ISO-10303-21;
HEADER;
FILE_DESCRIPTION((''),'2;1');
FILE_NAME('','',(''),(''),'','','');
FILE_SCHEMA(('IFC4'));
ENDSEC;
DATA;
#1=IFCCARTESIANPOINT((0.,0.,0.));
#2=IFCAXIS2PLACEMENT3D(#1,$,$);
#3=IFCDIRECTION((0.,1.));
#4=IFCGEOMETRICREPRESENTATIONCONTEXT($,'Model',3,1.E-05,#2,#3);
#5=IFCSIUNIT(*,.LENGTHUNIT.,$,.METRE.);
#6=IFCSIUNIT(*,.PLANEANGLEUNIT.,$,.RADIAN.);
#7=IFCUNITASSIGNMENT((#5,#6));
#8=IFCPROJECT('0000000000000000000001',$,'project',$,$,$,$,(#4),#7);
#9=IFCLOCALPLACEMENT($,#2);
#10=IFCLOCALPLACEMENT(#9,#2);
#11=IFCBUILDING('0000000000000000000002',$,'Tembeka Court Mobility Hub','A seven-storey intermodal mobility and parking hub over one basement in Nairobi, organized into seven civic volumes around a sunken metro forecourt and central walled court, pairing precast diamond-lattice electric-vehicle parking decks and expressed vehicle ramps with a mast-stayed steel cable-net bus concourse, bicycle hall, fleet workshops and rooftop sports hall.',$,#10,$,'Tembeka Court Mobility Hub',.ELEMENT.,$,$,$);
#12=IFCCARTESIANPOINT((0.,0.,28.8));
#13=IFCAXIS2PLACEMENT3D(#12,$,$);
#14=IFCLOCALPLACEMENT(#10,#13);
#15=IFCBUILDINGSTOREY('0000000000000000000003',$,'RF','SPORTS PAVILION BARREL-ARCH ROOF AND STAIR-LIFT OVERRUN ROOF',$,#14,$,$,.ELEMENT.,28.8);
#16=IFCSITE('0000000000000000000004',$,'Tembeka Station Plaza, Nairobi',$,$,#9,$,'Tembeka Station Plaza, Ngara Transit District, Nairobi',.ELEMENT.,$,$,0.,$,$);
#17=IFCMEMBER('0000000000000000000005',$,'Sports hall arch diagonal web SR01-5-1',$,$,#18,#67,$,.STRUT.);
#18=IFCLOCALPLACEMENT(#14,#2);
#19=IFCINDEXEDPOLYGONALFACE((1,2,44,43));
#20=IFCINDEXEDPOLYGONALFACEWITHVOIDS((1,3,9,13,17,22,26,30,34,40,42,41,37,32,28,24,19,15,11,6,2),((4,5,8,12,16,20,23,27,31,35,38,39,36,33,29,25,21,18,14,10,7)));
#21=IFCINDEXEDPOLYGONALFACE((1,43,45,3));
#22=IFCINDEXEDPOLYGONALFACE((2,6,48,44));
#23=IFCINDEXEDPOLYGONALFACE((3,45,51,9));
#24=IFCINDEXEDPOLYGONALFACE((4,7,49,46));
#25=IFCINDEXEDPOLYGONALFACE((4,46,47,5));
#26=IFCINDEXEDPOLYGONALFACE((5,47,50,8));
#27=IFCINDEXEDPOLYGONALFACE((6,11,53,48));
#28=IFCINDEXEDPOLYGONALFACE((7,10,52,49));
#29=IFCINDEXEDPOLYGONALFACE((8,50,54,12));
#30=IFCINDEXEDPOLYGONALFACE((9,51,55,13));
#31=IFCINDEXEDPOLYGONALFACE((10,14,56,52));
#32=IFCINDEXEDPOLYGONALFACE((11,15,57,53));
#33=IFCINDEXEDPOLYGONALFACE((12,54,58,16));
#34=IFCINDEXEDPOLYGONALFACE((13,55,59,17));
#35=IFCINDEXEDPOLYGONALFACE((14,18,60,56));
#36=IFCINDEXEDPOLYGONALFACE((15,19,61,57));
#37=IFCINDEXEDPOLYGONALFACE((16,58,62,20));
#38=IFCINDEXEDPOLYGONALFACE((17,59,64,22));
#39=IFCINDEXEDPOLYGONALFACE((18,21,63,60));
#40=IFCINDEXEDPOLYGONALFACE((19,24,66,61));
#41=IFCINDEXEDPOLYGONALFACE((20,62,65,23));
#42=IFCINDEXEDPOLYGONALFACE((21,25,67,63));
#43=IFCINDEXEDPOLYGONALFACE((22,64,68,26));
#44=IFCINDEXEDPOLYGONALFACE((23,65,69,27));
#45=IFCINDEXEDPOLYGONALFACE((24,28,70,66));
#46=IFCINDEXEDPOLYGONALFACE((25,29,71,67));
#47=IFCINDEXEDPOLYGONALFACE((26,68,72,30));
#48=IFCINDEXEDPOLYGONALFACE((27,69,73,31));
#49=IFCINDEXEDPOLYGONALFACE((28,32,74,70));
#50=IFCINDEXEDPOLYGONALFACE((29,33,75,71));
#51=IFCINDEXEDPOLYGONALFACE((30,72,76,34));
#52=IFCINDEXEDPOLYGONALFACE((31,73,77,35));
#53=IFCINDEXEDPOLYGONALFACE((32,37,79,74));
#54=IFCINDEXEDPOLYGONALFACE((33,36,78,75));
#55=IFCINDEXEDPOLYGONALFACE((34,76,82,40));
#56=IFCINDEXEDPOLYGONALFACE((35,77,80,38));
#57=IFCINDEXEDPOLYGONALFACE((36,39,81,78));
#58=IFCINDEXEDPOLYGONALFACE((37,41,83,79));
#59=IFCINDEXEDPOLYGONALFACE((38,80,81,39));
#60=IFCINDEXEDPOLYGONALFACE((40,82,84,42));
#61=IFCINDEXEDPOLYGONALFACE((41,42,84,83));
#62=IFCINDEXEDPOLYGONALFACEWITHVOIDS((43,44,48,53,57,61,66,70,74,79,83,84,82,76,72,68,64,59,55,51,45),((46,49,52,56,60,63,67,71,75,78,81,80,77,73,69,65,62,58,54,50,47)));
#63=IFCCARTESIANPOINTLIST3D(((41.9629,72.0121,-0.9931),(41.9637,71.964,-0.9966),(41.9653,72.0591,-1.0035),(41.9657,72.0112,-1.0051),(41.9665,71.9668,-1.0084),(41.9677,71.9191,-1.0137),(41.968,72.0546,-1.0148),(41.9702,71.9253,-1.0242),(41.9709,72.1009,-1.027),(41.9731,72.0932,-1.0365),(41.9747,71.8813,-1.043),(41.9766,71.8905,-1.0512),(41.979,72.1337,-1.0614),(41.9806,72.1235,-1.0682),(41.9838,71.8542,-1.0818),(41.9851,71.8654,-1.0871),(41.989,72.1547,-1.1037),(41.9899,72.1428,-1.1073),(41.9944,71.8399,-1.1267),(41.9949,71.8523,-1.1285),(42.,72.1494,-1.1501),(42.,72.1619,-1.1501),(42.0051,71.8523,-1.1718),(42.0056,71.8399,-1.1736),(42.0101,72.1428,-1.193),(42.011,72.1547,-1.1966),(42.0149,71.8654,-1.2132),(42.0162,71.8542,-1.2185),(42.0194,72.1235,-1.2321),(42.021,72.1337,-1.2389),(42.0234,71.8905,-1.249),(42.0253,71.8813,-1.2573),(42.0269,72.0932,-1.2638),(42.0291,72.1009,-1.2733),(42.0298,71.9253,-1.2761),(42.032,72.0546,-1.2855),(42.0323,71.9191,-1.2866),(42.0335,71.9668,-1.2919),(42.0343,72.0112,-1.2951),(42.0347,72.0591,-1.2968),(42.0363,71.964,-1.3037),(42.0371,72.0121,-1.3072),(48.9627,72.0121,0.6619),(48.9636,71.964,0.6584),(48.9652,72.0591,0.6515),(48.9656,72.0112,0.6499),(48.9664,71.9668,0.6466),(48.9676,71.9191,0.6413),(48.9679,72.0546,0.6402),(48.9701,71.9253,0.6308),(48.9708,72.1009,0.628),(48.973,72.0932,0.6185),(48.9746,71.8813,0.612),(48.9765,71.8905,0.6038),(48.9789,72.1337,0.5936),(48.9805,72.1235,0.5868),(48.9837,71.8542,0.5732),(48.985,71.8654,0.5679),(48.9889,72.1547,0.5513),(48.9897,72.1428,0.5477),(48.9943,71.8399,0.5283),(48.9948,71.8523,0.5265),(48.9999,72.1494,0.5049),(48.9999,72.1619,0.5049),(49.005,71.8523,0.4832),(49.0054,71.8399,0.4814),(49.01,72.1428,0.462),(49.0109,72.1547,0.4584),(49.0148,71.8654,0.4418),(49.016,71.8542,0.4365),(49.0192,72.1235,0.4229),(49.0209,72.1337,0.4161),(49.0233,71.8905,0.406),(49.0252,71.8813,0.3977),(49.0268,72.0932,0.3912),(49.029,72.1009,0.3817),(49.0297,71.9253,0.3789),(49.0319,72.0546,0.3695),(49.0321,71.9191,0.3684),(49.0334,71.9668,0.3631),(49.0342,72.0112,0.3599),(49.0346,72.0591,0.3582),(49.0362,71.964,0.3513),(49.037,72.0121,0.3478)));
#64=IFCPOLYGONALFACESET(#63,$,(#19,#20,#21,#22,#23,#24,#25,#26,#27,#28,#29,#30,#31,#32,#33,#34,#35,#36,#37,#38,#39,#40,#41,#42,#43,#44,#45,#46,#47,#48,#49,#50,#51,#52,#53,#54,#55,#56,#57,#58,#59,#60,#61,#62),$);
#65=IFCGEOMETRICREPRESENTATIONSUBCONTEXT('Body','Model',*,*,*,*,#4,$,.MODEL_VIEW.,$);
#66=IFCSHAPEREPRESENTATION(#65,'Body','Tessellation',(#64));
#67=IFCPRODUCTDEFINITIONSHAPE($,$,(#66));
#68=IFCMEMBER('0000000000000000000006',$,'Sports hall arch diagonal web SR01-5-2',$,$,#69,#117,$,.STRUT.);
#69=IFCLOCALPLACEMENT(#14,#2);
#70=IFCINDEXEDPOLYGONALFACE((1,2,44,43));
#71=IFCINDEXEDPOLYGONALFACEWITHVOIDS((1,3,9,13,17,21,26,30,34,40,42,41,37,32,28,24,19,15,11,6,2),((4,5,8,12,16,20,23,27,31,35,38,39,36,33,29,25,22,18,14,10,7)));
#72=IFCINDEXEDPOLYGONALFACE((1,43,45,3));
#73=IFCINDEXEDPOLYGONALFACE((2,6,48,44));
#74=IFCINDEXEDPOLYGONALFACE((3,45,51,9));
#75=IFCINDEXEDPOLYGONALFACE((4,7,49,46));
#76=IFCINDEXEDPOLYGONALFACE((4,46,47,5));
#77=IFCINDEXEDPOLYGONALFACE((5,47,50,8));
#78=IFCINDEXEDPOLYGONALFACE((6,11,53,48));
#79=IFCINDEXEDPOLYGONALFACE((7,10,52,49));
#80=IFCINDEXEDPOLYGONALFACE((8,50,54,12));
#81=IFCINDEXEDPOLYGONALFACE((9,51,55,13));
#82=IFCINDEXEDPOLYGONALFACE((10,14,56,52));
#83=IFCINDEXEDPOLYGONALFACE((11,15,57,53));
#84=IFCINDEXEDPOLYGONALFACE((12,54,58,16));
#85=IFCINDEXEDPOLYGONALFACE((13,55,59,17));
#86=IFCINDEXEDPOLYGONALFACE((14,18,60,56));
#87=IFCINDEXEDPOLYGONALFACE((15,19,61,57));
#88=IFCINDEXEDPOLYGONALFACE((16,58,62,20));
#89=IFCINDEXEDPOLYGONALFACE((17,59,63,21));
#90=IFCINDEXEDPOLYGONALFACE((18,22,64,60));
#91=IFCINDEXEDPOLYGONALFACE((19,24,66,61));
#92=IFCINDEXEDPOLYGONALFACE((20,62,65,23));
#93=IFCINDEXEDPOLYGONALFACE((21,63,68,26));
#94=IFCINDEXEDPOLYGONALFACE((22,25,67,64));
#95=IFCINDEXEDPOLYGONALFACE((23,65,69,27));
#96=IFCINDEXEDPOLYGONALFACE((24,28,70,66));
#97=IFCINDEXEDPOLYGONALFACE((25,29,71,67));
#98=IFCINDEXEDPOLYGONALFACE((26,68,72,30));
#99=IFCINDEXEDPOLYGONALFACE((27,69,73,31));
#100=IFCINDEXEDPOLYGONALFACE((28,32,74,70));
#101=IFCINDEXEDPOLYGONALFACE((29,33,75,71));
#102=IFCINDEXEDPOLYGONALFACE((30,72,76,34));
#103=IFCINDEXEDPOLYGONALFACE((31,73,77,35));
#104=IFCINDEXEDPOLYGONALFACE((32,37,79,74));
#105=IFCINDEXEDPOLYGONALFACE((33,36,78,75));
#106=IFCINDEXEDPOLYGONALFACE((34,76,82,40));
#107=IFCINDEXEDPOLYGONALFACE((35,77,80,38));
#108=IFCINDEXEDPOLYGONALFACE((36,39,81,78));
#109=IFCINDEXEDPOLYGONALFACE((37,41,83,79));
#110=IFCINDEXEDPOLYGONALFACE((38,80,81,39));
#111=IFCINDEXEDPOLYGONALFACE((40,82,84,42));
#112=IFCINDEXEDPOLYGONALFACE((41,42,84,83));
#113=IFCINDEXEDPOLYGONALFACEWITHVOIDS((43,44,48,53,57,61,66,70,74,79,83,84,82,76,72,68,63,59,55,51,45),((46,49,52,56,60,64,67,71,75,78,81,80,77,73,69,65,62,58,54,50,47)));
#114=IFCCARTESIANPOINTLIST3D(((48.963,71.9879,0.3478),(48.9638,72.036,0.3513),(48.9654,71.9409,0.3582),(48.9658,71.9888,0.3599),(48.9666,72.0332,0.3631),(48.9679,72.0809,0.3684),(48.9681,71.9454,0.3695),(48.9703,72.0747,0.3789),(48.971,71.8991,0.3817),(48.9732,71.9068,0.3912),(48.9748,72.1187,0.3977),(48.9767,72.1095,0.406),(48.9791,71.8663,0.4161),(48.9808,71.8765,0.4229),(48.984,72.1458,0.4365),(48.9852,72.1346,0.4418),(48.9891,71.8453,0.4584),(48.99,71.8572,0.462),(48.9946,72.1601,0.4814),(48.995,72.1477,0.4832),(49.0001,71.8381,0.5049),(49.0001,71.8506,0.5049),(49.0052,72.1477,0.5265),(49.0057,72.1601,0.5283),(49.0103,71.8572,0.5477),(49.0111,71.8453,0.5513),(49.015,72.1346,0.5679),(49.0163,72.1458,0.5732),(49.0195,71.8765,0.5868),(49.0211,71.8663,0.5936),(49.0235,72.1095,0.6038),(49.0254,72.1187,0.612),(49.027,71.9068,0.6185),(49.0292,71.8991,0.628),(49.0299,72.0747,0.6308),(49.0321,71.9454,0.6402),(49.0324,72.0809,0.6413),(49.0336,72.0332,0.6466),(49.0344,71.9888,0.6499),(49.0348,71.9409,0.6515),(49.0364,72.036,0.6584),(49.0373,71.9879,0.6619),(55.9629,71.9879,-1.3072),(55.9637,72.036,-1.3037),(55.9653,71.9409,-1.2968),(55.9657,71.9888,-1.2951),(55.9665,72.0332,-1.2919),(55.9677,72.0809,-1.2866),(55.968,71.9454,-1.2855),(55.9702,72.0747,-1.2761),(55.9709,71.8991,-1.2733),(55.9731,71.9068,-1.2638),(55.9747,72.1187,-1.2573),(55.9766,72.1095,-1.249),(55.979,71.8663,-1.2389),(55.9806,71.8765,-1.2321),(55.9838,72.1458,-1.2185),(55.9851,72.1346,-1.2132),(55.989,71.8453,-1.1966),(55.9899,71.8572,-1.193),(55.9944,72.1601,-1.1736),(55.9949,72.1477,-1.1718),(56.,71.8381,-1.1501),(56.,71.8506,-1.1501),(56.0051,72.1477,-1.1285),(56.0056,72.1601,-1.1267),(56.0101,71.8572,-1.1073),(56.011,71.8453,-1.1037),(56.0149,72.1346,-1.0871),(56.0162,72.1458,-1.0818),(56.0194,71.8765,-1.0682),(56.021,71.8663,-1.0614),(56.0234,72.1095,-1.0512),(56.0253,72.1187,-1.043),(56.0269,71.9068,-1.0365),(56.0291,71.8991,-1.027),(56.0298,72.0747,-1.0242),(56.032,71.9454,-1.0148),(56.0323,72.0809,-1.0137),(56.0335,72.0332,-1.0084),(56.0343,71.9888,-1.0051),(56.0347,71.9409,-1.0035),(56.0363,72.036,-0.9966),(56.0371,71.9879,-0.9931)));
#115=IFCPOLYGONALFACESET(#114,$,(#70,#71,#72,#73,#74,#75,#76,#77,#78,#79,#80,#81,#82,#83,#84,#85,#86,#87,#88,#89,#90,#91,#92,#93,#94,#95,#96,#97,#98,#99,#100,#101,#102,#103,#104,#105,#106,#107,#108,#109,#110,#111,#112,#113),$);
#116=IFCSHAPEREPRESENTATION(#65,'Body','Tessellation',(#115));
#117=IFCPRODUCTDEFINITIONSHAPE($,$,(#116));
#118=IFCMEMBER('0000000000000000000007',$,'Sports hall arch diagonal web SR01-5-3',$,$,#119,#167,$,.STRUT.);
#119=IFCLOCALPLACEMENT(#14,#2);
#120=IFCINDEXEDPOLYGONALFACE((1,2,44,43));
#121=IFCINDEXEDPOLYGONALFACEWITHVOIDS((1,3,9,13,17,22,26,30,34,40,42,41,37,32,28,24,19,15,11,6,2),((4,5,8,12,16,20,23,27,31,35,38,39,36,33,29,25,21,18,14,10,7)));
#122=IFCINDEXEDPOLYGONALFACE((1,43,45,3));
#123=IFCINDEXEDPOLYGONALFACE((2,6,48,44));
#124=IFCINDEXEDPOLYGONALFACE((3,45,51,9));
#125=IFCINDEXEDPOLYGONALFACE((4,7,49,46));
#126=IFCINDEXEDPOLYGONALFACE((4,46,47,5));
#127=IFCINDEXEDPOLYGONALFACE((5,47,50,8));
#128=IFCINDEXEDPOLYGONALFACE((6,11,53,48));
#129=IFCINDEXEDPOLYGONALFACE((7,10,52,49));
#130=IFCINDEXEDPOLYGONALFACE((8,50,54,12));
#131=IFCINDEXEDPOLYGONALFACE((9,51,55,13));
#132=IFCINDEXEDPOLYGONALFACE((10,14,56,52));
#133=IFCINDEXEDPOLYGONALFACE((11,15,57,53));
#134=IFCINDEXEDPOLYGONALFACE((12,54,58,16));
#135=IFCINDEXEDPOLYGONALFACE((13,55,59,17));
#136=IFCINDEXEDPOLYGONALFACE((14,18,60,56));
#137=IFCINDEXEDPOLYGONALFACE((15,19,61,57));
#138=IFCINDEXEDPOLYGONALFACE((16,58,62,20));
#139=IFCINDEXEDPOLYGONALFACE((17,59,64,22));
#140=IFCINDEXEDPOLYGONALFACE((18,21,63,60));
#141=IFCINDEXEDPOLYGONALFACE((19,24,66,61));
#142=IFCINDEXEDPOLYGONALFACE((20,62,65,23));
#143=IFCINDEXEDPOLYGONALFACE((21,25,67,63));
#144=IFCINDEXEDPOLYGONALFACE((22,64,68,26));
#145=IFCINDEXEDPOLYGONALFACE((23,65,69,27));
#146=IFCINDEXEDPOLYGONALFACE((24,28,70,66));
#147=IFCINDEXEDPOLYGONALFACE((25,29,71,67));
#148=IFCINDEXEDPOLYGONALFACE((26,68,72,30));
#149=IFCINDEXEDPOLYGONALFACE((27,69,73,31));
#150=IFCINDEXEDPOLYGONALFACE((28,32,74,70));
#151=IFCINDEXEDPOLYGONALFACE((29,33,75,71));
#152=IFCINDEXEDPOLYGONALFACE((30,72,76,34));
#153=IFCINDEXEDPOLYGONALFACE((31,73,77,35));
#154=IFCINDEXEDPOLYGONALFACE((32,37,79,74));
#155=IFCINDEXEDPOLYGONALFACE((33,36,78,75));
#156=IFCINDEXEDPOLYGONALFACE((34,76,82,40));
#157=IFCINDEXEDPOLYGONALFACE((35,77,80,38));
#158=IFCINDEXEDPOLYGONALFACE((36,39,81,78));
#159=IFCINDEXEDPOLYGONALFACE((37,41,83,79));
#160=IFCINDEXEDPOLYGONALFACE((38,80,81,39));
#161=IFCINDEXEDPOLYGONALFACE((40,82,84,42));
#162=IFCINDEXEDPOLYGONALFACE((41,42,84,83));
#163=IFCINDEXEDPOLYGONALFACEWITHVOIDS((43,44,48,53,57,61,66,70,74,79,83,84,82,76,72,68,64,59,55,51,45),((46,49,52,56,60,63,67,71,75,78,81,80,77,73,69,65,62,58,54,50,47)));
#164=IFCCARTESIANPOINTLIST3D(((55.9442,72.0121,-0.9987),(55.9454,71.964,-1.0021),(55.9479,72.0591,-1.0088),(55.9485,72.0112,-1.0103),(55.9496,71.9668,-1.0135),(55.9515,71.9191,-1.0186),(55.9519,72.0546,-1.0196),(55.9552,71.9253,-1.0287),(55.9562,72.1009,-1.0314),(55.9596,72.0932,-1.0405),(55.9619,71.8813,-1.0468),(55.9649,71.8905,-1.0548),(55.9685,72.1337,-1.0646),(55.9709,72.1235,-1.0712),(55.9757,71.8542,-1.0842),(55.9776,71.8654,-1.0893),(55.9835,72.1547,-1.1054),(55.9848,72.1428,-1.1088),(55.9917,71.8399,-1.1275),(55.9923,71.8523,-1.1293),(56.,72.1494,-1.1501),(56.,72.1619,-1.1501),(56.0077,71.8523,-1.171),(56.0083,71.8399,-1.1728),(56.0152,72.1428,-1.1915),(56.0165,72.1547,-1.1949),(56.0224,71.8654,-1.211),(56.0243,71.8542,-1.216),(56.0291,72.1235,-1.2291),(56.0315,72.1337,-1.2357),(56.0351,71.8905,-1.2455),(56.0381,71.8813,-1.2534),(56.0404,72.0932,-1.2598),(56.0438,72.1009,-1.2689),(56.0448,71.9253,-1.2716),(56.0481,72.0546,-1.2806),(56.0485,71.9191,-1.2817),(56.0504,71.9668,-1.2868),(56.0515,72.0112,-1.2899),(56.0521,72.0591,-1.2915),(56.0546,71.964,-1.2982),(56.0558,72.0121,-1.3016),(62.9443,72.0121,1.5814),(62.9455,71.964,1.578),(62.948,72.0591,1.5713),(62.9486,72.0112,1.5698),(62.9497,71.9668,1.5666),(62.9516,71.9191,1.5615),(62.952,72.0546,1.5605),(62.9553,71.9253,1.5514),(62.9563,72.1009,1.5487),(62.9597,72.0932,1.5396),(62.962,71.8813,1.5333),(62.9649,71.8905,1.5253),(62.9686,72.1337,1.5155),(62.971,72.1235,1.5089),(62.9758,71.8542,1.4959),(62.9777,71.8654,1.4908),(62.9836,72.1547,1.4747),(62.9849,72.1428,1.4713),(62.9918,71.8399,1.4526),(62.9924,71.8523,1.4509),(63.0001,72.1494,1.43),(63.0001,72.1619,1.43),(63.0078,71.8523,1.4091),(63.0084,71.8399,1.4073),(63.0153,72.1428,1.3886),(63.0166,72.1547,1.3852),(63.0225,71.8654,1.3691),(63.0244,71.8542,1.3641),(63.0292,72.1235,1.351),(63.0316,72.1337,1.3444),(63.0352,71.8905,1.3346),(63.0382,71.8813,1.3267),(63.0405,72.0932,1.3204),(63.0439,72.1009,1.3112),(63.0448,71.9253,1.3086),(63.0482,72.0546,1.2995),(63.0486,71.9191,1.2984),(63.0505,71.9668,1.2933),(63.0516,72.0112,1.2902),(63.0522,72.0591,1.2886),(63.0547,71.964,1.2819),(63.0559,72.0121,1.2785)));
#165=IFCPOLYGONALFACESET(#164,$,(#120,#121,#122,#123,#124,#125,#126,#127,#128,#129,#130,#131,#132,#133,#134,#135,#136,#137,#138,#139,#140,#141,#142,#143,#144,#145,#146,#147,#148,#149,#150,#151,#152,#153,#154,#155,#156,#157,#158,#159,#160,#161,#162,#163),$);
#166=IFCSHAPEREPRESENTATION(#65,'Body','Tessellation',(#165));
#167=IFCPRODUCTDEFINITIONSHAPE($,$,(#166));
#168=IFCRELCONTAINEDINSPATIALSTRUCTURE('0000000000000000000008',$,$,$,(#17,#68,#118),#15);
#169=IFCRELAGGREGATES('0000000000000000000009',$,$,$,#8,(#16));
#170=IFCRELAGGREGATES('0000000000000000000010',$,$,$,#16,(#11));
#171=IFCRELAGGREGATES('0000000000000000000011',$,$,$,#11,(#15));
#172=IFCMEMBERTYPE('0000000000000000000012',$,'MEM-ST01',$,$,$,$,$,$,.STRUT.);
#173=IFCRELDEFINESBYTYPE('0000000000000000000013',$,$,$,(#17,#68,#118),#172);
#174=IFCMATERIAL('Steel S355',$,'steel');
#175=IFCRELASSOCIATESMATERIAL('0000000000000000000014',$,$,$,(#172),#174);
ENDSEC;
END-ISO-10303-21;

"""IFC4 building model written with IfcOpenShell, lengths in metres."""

from ifc_helpers import new_model, si_unit, direction, frame, origin, origin_2d, place, context, subcontext, project, spatial, hollow_circle, extrude, material, material_profile, profile_set, type_object, element, save


model = new_model("IFC4")

# Units and contexts
model_context = context("Model", 3, precision=1e-05, world=origin(), true_north=direction((0.0, 1.0)))
body_context = subcontext(model_context, "Body", "Model", "MODEL_VIEW")
ifc_project = project(units=[si_unit("LENGTHUNIT", "METRE"), si_unit("PLANEANGLEUNIT", "RADIAN")], contexts=[model_context])

# Site, building, storey
site_placement = place(None, origin())
site = spatial("IfcSite", under=ifc_project, at=site_placement, Name="Tembeka Station Plaza, Nairobi", LongName="Tembeka Station Plaza, Ngara Transit District, Nairobi", CompositionType="ELEMENT", RefElevation=0.0)
building_placement = place(site_placement, origin())
building = spatial("IfcBuilding", under=site, at=building_placement, Name="Tembeka Court Mobility Hub", Description="A seven-storey intermodal mobility and parking hub over one basement in Nairobi, organized into seven civic volumes around a sunken metro forecourt and central walled court, pairing precast diamond-lattice electric-vehicle parking decks and expressed vehicle ramps with a mast-stayed steel cable-net bus concourse, bicycle hall, fleet workshops and rooftop sports hall.", LongName="Tembeka Court Mobility Hub", CompositionType="ELEMENT")
storey_placement = place(building_placement, frame((0.0, 0.0, 28.8)))
storey = spatial("IfcBuildingStorey", under=building, at=storey_placement, Name="RF", Description="SPORTS PAVILION BARREL-ARCH ROOF AND STAIR-LIFT OVERRUN ROOF", CompositionType="ELEMENT", Elevation=28.8)

# Shared definitions
ifc_material_1 = material(Name="Steel S355", Category="steel")

# Members
ifc_material_profile_1 = material_profile(ifc_material_1, hollow_circle(Radius=0.1619, WallThickness=0.0125, at=origin_2d()), Name="CHS 323.9x12.5")
ifc_profile_set_1 = profile_set([ifc_material_profile_1], Name="Steel S355")
member_type = type_object("IfcMemberType", Name="MEM-ST01", PredefinedType="STRUT", material=ifc_profile_set_1)
for number, where, z_axis, x_axis, name in (
    (1, (42.0, 72.0, -1.1501), (0.97317, 0.0, 0.230089), (0.0, 1.0, 0.0), "Sports hall arch diagonal web SR01-5-1"),
    (2, (56.0, 72.0, -1.1501), (-0.97317, 0.0, 0.230089), (0.0, -1.0, 0.0), "Sports hall arch diagonal web SR01-5-2"),
):
    element("IfcMember", number, at=place(storey_placement, frame(where, z_axis=z_axis, x_axis=x_axis)), inside=storey, type_object=member_type, Name=name, PredefinedType="STRUT", context=body_context, shape_type="SweptSolid", body=[
        extrude(hollow_circle(Radius=0.1619, WallThickness=0.0125, at=origin_2d()), origin(), (0.0, 0.0, 1.0), 7.1929),
    ])
member_1_placement = place(storey_placement, frame((56.0, 72.0, -1.1501), z_axis=(0.938294, 0.0, 0.345839), x_axis=(0.0, 1.0, 0.0)))
element("IfcMember", 3, at=member_1_placement, inside=storey, type_object=member_type, Name="Sports hall arch diagonal web SR01-5-3", PredefinedType="STRUT", context=body_context, shape_type="SweptSolid", body=[
    extrude(hollow_circle(Radius=0.1619, WallThickness=0.0125, at=origin_2d()), origin(), (0.0, 0.0, 1.0), 7.4604),
])

save(model, "model.ifc")
